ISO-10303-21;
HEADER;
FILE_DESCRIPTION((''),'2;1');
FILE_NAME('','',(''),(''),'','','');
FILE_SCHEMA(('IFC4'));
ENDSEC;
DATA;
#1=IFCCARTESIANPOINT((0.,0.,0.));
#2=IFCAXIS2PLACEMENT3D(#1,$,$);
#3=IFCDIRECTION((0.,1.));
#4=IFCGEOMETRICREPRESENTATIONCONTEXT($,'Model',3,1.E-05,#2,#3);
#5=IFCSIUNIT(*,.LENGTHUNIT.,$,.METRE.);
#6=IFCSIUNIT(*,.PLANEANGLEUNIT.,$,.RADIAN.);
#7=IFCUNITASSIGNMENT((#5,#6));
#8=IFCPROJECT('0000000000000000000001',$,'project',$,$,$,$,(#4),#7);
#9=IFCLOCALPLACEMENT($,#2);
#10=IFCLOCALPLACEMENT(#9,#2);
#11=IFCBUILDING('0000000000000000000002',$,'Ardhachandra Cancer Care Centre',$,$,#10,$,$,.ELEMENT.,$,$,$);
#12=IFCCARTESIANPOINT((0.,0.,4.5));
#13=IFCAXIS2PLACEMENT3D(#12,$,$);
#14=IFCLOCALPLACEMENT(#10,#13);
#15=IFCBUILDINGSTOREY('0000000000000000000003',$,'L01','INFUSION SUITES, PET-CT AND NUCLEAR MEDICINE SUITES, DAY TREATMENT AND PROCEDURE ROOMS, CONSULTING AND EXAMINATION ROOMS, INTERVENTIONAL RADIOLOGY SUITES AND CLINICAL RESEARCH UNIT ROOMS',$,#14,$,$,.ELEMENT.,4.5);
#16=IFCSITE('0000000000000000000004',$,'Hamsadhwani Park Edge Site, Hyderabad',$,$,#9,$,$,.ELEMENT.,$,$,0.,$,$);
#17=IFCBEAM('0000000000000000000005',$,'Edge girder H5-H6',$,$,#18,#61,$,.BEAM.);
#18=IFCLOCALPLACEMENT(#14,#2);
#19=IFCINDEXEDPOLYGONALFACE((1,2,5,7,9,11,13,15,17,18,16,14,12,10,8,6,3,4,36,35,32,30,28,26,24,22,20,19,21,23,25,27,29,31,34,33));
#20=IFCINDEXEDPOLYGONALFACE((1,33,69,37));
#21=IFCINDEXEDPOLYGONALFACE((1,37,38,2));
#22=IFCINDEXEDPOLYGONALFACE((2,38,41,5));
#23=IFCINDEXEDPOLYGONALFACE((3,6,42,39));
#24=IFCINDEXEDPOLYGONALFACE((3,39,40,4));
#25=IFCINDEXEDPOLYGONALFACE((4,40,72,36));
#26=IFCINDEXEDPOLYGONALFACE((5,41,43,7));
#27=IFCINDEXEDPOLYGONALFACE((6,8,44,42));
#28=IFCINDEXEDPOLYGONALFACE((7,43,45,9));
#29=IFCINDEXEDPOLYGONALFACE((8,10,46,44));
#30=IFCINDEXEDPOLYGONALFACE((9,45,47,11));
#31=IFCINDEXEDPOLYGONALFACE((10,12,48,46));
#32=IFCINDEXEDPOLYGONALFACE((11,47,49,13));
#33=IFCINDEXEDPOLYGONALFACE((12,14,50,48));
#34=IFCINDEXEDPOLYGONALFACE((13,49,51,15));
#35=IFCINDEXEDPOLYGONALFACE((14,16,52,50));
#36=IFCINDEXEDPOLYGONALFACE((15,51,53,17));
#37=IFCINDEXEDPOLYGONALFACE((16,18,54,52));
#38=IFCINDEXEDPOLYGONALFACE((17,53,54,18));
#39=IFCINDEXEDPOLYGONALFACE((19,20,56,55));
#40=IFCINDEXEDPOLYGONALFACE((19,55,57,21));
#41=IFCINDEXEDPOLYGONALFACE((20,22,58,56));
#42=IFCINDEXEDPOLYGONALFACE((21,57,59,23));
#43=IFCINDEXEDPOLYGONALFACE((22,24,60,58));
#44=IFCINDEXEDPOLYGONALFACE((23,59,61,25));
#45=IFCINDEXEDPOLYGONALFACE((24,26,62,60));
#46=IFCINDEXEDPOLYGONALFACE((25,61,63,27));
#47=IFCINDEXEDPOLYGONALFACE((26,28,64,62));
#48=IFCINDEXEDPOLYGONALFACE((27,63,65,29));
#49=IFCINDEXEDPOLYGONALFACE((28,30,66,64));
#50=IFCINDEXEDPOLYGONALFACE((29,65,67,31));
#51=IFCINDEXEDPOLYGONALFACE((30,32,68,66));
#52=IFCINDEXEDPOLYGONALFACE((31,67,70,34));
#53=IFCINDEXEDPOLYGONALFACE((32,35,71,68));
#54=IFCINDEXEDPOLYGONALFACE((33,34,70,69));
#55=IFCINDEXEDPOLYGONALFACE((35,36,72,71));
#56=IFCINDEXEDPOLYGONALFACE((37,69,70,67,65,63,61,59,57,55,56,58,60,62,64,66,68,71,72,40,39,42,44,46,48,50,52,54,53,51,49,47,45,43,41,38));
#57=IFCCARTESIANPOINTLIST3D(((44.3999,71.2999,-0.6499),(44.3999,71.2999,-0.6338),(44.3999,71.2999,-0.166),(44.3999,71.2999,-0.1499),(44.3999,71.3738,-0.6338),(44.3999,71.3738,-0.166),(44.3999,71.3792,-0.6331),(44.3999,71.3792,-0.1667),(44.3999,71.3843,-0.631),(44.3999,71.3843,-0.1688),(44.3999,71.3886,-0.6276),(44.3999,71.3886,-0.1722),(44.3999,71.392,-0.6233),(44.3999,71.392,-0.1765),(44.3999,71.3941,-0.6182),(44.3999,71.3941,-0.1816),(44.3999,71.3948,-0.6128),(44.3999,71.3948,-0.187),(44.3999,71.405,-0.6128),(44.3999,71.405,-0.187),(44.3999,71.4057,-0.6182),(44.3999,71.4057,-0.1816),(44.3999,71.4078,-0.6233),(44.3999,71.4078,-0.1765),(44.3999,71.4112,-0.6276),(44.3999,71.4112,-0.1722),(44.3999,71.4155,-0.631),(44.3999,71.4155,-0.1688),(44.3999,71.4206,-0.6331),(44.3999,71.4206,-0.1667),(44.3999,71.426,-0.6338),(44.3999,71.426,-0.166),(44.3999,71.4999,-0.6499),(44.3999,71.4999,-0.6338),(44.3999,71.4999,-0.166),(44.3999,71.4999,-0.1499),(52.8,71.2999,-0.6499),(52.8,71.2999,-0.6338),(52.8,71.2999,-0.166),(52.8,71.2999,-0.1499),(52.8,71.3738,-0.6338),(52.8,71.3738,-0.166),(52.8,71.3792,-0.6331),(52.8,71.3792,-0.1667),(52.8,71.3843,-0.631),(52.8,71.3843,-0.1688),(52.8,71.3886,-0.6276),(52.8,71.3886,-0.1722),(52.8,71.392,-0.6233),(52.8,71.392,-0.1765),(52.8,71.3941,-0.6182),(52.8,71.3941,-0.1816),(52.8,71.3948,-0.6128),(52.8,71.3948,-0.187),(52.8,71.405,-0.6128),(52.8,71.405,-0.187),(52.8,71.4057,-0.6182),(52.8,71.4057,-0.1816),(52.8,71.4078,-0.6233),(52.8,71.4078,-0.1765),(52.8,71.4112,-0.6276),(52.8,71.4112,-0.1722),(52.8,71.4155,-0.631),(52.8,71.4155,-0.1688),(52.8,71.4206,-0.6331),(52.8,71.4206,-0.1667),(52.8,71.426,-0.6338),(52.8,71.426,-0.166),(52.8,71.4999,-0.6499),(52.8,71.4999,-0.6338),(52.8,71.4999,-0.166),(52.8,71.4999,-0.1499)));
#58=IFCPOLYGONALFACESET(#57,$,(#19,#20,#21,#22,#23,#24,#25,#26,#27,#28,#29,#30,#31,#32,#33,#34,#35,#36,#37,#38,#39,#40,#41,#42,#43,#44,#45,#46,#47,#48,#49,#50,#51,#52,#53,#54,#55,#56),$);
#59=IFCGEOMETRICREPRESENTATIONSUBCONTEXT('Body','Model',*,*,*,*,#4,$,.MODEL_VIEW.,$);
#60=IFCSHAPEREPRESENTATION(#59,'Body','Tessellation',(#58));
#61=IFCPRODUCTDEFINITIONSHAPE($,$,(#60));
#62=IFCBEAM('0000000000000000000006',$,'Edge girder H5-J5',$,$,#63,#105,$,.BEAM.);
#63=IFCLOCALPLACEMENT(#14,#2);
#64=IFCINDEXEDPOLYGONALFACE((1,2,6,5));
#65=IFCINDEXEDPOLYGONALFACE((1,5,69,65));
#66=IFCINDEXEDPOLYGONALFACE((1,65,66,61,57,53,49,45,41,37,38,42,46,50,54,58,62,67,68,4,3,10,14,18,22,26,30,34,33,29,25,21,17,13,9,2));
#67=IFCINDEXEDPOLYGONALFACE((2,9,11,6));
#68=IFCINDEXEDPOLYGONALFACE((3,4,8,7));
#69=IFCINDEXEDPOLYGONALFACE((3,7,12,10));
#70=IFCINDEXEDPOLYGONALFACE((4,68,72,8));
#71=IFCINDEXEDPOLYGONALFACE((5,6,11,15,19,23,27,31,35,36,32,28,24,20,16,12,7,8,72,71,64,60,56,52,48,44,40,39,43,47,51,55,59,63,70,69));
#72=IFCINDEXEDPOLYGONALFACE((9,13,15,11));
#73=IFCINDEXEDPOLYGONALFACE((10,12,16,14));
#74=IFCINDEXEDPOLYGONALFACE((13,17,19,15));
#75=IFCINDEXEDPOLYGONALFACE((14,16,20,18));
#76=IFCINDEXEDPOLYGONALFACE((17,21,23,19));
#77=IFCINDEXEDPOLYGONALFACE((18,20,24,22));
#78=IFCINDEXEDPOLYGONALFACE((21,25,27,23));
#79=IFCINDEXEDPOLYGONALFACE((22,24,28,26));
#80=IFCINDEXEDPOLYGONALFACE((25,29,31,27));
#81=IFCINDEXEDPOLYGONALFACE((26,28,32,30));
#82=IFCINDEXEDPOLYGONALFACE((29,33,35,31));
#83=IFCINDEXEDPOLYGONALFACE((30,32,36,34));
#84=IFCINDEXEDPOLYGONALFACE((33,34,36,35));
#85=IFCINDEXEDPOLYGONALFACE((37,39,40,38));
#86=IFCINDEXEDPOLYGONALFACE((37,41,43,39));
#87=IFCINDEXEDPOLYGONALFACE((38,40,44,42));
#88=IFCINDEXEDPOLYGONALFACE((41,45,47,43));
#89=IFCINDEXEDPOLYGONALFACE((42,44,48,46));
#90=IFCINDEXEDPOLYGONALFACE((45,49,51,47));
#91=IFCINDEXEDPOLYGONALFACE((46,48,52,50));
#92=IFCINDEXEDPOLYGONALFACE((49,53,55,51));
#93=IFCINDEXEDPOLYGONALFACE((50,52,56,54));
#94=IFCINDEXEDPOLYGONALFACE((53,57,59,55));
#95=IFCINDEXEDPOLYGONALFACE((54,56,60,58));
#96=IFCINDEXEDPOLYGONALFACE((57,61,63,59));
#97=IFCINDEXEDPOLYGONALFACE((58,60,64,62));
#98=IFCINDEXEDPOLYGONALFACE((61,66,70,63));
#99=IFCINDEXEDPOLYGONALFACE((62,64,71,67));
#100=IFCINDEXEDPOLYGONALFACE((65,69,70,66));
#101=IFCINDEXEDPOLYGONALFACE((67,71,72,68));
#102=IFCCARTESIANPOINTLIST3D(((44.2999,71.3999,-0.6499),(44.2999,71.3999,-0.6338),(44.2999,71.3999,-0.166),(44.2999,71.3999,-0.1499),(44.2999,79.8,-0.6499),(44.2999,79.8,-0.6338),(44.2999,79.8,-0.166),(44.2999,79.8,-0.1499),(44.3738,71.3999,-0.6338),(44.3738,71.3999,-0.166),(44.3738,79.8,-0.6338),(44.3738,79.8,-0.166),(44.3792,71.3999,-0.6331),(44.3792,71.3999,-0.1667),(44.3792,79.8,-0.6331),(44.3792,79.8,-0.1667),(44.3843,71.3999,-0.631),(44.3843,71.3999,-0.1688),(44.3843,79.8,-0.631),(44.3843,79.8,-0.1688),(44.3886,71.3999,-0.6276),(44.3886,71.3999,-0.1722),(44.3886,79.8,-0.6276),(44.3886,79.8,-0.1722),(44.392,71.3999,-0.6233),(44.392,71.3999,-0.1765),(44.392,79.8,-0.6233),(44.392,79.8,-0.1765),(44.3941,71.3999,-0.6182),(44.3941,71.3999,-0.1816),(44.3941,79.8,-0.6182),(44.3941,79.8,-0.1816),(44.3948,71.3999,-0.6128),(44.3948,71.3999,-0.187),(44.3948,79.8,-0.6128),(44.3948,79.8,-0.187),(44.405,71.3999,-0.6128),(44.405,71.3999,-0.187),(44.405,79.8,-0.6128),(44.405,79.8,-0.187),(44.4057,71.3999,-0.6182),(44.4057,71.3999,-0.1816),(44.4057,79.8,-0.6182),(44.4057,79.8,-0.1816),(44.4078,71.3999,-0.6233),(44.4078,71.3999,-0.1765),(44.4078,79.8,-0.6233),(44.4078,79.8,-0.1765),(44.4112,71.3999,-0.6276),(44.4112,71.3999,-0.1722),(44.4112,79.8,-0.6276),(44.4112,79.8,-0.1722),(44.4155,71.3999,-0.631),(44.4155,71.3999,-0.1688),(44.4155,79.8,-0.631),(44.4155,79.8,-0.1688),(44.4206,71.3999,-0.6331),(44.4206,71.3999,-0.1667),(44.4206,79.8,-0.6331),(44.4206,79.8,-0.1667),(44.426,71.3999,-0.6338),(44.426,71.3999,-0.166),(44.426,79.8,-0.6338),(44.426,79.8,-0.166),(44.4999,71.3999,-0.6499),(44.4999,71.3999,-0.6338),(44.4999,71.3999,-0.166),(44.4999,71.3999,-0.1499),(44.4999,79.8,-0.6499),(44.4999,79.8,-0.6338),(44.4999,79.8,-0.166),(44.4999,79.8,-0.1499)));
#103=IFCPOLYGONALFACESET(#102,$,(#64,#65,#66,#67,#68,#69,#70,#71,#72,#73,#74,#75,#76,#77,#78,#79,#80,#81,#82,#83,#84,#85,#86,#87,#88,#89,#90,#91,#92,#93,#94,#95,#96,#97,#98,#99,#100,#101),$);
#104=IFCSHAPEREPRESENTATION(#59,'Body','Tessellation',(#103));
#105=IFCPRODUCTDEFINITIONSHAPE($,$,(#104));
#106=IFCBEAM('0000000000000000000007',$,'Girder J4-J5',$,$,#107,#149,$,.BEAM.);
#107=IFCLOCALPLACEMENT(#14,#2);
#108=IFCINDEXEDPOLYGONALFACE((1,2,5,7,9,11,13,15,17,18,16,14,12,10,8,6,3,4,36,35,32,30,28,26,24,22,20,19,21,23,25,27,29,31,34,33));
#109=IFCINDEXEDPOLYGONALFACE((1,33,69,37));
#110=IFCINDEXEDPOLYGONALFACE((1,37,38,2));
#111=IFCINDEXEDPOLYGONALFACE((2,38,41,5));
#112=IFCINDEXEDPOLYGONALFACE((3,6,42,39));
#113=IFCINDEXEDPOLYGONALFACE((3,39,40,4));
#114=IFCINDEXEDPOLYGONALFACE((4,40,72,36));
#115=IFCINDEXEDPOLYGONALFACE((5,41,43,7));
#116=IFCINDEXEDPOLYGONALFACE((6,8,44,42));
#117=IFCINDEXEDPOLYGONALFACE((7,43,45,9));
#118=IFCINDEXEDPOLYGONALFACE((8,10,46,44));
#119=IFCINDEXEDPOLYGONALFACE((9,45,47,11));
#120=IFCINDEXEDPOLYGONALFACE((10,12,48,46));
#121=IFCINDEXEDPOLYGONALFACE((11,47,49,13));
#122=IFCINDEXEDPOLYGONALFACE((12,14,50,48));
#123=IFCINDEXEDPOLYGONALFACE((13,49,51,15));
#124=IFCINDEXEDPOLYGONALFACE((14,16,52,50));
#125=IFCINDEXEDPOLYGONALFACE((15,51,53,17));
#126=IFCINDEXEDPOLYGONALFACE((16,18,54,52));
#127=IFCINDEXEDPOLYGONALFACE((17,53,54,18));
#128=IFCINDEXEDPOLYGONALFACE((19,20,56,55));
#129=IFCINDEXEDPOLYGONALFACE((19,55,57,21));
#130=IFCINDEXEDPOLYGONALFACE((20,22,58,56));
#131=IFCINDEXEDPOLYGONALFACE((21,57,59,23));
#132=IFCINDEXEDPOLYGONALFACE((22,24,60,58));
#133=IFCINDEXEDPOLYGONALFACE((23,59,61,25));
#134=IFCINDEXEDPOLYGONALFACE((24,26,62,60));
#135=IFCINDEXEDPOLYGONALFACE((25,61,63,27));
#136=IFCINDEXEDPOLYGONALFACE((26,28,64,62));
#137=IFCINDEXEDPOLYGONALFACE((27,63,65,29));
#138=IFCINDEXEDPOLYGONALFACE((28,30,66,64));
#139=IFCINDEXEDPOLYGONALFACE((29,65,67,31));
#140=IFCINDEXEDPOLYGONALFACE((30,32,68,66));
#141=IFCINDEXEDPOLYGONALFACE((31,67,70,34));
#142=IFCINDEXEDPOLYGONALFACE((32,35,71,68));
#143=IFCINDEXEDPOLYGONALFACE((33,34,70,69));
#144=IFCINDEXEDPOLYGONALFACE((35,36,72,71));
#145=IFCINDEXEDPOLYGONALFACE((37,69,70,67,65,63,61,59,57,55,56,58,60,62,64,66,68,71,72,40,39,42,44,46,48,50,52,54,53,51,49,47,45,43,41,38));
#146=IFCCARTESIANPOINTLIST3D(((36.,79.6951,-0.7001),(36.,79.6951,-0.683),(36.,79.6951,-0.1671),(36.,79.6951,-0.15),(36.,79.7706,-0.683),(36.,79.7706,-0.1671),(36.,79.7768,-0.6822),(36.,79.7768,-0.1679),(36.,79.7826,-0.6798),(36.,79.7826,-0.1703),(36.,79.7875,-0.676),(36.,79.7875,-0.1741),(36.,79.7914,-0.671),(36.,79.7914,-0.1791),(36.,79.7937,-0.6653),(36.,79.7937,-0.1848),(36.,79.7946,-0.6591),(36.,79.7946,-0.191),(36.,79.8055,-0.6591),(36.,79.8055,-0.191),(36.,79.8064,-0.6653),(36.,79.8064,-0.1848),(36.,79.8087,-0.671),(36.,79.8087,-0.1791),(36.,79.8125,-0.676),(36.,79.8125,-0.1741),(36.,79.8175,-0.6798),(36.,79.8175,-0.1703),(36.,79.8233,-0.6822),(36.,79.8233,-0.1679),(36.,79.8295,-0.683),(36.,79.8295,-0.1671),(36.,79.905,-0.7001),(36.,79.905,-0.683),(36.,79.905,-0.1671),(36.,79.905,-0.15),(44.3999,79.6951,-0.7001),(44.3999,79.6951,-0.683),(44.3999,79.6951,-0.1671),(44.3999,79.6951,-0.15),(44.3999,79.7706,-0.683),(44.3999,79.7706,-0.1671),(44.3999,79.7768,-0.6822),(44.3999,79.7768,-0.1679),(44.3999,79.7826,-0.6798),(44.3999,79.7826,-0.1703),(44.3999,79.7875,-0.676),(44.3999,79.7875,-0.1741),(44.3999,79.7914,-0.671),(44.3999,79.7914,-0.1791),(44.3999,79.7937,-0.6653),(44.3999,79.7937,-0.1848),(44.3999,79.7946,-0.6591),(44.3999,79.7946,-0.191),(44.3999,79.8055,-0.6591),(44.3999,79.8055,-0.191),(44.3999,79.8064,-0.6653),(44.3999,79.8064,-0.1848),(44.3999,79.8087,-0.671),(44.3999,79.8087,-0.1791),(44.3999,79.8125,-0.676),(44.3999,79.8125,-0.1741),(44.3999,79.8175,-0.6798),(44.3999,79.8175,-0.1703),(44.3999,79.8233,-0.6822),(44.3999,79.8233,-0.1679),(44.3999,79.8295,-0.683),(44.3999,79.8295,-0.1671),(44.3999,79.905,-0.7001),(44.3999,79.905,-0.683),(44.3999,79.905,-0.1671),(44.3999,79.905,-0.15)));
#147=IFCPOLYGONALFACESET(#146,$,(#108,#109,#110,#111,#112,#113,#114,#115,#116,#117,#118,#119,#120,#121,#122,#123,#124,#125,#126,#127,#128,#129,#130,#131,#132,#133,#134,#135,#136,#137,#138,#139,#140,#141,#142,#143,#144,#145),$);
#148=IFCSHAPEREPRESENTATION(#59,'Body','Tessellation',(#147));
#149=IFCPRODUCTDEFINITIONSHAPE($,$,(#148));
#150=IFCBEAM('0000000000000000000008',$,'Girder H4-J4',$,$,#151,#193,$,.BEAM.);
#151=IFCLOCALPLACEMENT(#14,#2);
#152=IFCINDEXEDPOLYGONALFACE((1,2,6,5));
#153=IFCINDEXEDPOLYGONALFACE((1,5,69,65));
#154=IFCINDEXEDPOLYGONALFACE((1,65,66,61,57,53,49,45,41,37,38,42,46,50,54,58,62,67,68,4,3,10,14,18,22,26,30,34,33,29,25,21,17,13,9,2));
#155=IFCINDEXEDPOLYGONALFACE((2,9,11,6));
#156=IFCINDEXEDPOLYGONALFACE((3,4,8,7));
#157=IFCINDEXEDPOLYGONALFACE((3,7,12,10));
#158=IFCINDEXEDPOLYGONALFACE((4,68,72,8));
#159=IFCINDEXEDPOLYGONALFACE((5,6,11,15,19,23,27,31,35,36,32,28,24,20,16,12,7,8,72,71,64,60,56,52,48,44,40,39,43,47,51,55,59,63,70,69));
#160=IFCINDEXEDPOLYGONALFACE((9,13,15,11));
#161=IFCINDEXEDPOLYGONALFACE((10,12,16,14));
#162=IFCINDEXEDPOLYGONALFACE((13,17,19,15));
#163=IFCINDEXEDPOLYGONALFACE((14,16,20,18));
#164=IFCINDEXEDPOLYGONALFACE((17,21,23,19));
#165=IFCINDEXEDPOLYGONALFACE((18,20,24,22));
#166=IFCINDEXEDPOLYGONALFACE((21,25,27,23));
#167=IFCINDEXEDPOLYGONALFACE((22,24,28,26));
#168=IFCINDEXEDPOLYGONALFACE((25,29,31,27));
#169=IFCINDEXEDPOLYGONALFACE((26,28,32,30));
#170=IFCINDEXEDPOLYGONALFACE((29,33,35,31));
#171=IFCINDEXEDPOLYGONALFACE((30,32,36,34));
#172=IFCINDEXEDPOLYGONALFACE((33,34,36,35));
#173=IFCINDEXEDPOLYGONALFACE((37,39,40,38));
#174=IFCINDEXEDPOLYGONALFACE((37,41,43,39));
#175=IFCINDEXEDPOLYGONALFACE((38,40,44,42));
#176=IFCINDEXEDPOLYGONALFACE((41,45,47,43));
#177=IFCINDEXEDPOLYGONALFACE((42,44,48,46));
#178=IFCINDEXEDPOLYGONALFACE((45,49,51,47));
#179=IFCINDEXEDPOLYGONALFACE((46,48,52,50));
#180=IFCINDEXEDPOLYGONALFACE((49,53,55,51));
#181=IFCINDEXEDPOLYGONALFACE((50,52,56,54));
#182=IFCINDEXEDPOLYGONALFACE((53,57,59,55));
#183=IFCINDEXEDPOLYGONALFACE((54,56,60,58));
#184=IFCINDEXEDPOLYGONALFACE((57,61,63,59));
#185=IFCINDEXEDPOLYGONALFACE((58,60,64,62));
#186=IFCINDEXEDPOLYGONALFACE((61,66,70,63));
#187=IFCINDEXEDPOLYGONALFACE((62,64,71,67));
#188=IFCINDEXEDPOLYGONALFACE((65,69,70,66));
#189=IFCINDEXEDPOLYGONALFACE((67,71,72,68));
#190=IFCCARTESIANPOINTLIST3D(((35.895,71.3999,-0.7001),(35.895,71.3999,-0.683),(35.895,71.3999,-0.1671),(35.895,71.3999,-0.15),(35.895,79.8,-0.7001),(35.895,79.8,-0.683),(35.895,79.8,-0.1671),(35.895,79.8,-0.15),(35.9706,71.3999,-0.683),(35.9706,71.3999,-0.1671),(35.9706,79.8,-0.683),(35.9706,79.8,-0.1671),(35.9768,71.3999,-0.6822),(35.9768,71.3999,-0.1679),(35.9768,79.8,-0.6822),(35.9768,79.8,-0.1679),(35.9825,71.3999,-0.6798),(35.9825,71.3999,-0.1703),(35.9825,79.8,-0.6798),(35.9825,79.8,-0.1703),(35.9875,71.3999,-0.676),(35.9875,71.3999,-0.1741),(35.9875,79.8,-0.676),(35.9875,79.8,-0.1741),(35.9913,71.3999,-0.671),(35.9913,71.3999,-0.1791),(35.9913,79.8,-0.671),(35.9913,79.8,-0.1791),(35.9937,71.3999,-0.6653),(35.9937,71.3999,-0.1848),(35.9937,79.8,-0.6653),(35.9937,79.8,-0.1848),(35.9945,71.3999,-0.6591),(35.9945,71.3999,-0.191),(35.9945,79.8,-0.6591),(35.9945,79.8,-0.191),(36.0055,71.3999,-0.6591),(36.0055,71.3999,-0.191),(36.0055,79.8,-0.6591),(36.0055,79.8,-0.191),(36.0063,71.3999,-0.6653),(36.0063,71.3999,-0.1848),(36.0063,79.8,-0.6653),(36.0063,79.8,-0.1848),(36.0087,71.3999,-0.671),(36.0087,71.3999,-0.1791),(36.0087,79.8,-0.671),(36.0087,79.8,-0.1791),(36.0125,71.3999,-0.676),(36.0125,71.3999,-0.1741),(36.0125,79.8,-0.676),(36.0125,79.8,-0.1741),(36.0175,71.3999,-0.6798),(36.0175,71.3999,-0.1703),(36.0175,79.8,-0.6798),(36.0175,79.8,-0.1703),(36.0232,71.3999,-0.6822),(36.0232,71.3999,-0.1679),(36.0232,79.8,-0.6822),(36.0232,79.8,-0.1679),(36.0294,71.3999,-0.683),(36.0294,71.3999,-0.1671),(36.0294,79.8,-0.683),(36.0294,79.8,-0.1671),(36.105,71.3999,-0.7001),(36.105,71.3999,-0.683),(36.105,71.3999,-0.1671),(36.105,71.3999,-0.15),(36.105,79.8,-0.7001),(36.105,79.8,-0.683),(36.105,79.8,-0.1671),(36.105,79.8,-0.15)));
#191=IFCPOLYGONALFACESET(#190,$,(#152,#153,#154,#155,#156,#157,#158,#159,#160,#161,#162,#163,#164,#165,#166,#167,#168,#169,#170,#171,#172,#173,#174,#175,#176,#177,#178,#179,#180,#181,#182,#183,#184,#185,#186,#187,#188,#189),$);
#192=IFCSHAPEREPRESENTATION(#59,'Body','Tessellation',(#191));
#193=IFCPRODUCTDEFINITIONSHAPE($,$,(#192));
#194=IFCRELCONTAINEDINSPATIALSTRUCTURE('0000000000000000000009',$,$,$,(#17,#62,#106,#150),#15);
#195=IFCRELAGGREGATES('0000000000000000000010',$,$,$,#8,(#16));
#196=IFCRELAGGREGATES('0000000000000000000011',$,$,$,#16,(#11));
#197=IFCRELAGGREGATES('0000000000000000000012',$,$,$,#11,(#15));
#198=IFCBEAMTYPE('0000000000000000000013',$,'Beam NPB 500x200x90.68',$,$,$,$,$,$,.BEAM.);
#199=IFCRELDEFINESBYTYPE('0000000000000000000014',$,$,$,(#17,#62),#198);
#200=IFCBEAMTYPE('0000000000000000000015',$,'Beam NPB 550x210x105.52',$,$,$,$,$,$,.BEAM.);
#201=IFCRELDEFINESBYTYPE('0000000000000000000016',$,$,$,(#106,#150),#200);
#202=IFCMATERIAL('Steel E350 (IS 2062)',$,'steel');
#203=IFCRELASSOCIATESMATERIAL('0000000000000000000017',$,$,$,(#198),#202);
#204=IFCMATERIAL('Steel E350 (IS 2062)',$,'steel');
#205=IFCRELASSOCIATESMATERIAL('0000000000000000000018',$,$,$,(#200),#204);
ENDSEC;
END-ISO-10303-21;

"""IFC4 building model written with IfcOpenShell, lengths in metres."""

from ifc_helpers import new_model, si_unit, direction, frame, origin, origin_2d, place, context, subcontext, project, spatial, i_section, extrude, material, material_profile, profile_set, type_object, element, save


model = new_model("IFC4")

# Units and contexts
model_context = context("Model", 3, precision=1e-05, world=origin(), true_north=direction((0.0, 1.0)))
body_context = subcontext(model_context, "Body", "Model", "MODEL_VIEW")
ifc_project = project(units=[si_unit("LENGTHUNIT", "METRE"), si_unit("PLANEANGLEUNIT", "RADIAN")], contexts=[model_context])

# Site, building, storey
site_placement = place(None, origin())
site = spatial("IfcSite", under=ifc_project, at=site_placement, Name="Hamsadhwani Park Edge Site, Hyderabad", CompositionType="ELEMENT", RefElevation=0.0)
building_placement = place(site_placement, origin())
building = spatial("IfcBuilding", under=site, at=building_placement, Name="Ardhachandra Cancer Care Centre", CompositionType="ELEMENT")
storey_placement = place(building_placement, frame((0.0, 0.0, 4.5)))
storey = spatial("IfcBuildingStorey", under=building, at=storey_placement, Name="L01", Description="INFUSION SUITES, PET-CT AND NUCLEAR MEDICINE SUITES, DAY TREATMENT AND PROCEDURE ROOMS, CONSULTING AND EXAMINATION ROOMS, INTERVENTIONAL RADIOLOGY SUITES AND CLINICAL RESEARCH UNIT ROOMS", CompositionType="ELEMENT", Elevation=4.5)

# Beams
ifc_material_1 = material(Name="Steel E350 (IS 2062)", Category="steel")
ifc_material_profile_1 = material_profile(ifc_material_1, i_section(OverallWidth=0.2, OverallDepth=0.5, WebThickness=0.0103, FlangeThickness=0.0161, FilletRadius=0.021, at=origin_2d()), Name="NPB 500x200x90.68")
ifc_profile_set_1 = profile_set([ifc_material_profile_1], Name="Steel E350 (IS 2062)")
beam_type_1 = type_object("IfcBeamType", Name="Beam NPB 500x200x90.68", PredefinedType="BEAM", material=ifc_profile_set_1)
for number, where, z_axis, x_axis, name in (
    (1, (44.3999, 71.3999, -0.3999), (1.0, 0.0, 0.0), (0.0, 1.0, 0.0), "Edge girder H5-H6"),
    (2, (44.3999, 71.3999, -0.3999), (0.0, 1.0, 0.0), (-1.0, 0.0, 0.0), "Edge girder H5-J5"),
):
    element("IfcBeam", number, at=place(storey_placement, frame(where, z_axis=z_axis, x_axis=x_axis)), inside=storey, type_object=beam_type_1, Name=name, PredefinedType="BEAM", context=body_context, shape_type="SweptSolid", body=[
        extrude(i_section(OverallWidth=0.2, OverallDepth=0.5, WebThickness=0.0103, FlangeThickness=0.0161, FilletRadius=0.021, at=origin_2d()), origin(), (0.0, 0.0, 1.0), 8.4001),
    ])
ifc_material_2 = material(Name="Steel E350 (IS 2062)", Category="steel")
ifc_material_profile_2 = material_profile(ifc_material_2, i_section(OverallWidth=0.21, OverallDepth=0.55, WebThickness=0.011, FlangeThickness=0.0171, FilletRadius=0.0239, at=origin_2d()), Name="NPB 550x210x105.52")
ifc_profile_set_2 = profile_set([ifc_material_profile_2], Name="Steel E350 (IS 2062)")
beam_type_2 = type_object("IfcBeamType", Name="Beam NPB 550x210x105.52", PredefinedType="BEAM", material=ifc_profile_set_2)
beam_1_placement = place(storey_placement, frame((36.0, 79.8, -0.425), z_axis=(1.0, 0.0, 0.0), x_axis=(0.0, 1.0, 0.0)))
element("IfcBeam", 3, at=beam_1_placement, inside=storey, type_object=beam_type_2, Name="Girder J4-J5", PredefinedType="BEAM", context=body_context, shape_type="SweptSolid", body=[
    extrude(i_section(OverallWidth=0.21, OverallDepth=0.55, WebThickness=0.011, FlangeThickness=0.0171, FilletRadius=0.0239, at=origin_2d()), origin(), (0.0, 0.0, 1.0), 8.3999),
])
beam_2_placement = place(storey_placement, frame((36.0, 71.3999, -0.425), z_axis=(0.0, 1.0, 0.0), x_axis=(-1.0, 0.0, 0.0)))
element("IfcBeam", 4, at=beam_2_placement, inside=storey, type_object=beam_type_2, Name="Girder H4-J4", PredefinedType="BEAM", context=body_context, shape_type="SweptSolid", body=[
    extrude(i_section(OverallWidth=0.21, OverallDepth=0.55, WebThickness=0.011, FlangeThickness=0.0171, FilletRadius=0.0239, at=origin_2d()), origin(), (0.0, 0.0, 1.0), 8.4001),
])

save(model, "model.ifc")
